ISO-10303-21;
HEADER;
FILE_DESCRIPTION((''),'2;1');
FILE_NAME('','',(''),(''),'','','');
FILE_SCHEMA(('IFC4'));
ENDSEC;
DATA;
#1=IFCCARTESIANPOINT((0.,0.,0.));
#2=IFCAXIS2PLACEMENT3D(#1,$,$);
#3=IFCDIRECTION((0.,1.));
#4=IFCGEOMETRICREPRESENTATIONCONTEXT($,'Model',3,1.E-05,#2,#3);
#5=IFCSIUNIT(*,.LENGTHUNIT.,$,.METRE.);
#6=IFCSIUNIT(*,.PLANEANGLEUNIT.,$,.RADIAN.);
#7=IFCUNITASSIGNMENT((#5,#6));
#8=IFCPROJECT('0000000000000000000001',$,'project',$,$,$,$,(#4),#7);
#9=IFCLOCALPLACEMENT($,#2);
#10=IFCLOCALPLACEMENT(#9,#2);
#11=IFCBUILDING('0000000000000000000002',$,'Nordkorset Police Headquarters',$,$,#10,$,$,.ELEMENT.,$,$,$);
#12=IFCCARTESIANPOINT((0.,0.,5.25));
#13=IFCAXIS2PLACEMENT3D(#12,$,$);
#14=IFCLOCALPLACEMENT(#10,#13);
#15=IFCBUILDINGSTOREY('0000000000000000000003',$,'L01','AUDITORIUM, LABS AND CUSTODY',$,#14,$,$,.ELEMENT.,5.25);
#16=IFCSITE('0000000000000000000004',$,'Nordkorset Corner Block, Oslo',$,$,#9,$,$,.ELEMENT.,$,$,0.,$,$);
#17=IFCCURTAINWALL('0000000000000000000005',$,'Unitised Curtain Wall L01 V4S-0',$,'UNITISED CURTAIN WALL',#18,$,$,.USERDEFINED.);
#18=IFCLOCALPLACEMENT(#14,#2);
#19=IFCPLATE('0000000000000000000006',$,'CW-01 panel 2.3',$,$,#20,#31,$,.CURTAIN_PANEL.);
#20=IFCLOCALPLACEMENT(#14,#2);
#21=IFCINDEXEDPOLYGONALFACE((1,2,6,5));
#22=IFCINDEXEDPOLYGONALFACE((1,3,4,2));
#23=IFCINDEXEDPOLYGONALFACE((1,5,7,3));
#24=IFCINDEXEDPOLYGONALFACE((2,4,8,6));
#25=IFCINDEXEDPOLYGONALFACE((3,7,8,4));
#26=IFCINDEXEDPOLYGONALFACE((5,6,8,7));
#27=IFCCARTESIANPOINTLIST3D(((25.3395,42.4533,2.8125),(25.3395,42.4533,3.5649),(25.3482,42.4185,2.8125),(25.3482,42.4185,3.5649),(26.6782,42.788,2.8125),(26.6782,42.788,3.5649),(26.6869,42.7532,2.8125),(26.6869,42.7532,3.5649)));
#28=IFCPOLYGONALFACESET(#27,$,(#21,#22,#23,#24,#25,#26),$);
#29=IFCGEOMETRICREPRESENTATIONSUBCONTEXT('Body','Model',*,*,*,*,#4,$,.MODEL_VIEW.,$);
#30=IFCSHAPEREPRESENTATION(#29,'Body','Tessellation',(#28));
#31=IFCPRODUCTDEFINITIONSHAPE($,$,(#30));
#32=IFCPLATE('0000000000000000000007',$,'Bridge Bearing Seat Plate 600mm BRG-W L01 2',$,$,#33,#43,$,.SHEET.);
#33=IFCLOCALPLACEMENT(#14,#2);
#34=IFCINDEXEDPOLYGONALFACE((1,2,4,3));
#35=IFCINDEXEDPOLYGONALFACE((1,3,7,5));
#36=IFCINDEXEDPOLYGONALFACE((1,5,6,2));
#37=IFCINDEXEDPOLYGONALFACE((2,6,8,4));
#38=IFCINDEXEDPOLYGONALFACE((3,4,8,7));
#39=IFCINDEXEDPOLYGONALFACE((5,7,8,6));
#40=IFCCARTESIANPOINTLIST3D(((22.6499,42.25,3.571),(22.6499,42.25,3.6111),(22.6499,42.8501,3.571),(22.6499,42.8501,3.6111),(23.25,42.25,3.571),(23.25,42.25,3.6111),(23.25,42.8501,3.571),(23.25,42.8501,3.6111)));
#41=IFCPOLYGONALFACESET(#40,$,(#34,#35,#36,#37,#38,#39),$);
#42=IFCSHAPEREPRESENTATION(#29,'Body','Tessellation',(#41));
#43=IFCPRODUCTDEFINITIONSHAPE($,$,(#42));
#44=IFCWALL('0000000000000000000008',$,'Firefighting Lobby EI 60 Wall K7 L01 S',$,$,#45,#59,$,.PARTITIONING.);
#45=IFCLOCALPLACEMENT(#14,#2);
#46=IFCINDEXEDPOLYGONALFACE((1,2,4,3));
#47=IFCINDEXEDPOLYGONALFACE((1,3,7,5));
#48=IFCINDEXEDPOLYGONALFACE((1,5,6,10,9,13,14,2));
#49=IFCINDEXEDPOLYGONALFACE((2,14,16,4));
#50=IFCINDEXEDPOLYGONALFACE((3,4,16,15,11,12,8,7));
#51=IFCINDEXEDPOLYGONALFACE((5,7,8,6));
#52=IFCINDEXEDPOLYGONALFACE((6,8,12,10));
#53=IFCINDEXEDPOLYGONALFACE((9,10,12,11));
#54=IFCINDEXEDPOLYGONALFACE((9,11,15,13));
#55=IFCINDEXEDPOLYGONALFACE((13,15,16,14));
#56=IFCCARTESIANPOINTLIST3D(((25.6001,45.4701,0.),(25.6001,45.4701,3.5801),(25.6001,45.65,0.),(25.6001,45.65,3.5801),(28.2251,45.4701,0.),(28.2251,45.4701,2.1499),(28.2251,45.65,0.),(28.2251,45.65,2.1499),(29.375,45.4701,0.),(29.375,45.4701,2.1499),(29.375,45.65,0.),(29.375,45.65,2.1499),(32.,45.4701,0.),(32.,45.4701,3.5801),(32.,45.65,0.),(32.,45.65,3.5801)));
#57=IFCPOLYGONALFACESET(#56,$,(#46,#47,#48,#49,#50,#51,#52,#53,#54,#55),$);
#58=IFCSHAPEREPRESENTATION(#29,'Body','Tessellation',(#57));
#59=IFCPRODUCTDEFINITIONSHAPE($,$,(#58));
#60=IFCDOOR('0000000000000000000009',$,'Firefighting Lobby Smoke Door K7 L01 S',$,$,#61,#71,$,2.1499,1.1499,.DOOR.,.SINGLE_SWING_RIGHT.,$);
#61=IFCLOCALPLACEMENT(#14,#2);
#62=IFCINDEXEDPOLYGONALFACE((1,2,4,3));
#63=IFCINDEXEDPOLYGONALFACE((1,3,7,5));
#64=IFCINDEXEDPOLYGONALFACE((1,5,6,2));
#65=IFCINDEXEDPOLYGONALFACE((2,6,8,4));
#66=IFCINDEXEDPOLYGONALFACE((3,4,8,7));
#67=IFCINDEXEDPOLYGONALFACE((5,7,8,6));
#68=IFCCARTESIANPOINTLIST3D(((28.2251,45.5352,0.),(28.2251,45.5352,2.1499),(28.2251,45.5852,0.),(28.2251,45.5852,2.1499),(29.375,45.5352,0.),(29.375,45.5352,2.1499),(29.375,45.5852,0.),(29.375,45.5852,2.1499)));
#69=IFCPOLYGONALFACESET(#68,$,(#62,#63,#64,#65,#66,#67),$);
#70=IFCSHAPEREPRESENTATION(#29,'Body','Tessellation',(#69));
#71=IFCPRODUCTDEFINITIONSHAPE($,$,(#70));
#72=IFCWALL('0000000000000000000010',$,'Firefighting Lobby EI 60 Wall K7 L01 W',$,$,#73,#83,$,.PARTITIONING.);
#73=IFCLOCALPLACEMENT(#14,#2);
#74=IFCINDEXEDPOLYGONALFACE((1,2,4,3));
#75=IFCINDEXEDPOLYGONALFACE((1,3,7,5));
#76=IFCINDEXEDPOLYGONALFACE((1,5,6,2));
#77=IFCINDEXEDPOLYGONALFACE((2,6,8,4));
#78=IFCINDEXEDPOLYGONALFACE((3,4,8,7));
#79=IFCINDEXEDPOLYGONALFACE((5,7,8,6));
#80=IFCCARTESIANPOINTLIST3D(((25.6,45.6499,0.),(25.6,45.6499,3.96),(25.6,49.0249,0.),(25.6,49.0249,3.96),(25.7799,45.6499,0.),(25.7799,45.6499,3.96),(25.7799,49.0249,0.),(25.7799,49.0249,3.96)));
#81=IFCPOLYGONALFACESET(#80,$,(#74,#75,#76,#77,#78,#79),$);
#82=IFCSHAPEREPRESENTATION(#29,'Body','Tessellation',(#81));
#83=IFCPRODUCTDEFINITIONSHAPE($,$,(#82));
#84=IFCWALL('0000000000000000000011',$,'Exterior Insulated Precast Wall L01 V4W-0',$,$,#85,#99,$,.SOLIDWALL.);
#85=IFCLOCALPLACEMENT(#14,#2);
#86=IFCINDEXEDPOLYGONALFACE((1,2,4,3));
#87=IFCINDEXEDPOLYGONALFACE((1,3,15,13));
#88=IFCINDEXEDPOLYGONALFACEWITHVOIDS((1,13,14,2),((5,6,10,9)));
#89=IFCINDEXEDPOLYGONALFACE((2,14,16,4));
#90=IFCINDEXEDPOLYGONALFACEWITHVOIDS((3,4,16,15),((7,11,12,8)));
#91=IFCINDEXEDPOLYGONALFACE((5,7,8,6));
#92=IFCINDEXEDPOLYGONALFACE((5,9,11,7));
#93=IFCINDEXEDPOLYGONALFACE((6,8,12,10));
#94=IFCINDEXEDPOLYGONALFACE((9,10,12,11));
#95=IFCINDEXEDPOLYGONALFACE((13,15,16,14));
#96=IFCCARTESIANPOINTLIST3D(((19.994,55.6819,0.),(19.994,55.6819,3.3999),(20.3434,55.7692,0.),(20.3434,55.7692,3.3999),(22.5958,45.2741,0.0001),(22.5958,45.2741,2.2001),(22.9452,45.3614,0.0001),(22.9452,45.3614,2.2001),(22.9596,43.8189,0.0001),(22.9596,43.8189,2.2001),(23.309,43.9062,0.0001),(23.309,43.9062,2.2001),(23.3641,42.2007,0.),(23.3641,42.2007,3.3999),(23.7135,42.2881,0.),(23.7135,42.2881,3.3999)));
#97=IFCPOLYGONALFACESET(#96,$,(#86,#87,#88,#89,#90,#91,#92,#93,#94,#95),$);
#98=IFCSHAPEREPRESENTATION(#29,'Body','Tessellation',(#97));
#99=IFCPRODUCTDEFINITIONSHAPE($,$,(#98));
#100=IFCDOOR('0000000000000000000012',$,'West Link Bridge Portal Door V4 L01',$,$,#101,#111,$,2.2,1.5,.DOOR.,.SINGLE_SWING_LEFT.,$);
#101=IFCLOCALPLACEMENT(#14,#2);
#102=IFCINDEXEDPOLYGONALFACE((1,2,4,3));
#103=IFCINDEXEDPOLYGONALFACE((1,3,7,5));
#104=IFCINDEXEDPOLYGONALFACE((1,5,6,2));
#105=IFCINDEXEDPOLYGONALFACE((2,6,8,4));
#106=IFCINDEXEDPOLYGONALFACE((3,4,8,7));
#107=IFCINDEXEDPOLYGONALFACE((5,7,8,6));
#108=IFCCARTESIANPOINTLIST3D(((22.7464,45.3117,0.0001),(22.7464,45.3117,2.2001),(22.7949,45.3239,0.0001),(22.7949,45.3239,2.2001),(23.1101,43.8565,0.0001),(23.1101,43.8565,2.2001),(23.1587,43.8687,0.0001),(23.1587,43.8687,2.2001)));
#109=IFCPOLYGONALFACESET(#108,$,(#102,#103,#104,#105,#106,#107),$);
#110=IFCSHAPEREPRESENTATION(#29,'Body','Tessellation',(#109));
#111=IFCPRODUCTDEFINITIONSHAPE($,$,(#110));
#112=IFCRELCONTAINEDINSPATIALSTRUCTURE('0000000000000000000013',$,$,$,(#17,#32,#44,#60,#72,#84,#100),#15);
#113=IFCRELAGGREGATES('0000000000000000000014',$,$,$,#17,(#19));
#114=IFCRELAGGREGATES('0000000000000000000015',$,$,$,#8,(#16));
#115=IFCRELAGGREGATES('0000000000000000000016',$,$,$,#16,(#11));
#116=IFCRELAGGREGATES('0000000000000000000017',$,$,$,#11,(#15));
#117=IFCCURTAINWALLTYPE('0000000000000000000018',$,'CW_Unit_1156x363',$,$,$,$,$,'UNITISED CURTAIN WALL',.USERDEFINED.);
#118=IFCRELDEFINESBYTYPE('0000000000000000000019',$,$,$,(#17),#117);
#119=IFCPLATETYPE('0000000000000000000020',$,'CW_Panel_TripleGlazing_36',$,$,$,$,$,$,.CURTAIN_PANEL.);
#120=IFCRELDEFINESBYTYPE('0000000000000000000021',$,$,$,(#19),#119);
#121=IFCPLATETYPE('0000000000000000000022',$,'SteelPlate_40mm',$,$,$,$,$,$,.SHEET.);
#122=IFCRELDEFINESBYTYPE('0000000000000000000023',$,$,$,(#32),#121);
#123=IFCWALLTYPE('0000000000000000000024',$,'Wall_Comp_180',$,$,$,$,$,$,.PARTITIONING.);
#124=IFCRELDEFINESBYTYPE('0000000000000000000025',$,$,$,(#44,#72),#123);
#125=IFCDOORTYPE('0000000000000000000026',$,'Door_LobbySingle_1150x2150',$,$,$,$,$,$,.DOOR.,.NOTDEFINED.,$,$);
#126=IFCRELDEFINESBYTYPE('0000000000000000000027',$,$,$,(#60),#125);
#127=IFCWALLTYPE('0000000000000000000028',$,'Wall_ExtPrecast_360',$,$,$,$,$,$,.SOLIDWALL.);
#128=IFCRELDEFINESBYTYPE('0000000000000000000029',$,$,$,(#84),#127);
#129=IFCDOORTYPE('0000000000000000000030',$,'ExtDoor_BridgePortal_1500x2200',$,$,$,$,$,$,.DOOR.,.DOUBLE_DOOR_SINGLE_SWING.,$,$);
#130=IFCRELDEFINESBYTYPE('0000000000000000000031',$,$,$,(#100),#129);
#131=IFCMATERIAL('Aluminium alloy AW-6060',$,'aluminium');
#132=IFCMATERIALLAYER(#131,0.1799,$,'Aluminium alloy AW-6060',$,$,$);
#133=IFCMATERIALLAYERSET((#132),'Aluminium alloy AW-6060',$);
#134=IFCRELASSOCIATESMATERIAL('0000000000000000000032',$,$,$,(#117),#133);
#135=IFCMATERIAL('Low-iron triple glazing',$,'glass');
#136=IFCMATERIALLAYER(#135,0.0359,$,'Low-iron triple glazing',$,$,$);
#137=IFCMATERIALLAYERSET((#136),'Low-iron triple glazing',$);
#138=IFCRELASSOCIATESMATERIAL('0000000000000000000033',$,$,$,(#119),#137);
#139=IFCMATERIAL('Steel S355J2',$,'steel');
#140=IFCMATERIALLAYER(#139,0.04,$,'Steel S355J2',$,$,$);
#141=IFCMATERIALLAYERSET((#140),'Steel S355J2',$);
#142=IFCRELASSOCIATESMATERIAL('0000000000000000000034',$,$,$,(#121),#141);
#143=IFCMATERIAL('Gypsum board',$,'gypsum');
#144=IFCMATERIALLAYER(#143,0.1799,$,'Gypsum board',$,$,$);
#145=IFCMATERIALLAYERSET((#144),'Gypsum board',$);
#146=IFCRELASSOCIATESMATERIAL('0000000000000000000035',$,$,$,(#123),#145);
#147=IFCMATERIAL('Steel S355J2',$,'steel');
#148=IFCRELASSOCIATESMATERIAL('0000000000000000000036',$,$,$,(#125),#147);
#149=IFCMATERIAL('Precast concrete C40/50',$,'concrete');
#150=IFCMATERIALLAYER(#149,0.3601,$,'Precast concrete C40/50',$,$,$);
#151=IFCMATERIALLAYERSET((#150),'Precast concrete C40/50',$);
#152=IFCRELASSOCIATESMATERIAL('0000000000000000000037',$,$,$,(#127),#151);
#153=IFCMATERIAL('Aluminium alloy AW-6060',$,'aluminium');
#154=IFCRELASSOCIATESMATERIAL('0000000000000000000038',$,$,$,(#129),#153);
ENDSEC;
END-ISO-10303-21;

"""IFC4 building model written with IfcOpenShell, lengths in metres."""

from ifc_helpers import new_model, si_unit, direction, frame, frame_2d, origin, origin_2d, place, context, subcontext, project, spatial, rectangle, extrude, material, layer, layer_set, type_object, element, fill, aggregate, save


model = new_model("IFC4")

# Units and contexts
model_context = context("Model", 3, precision=1e-05, world=origin(), true_north=direction((0.0, 1.0)))
body_context = subcontext(model_context, "Body", "Model", "MODEL_VIEW")
ifc_project = project(units=[si_unit("LENGTHUNIT", "METRE"), si_unit("PLANEANGLEUNIT", "RADIAN")], contexts=[model_context])

# Site, building, storey
site_placement = place(None, origin())
site = spatial("IfcSite", under=ifc_project, at=site_placement, Name="Nordkorset Corner Block, Oslo", CompositionType="ELEMENT", RefElevation=0.0)
building_placement = place(site_placement, origin())
building = spatial("IfcBuilding", under=site, at=building_placement, Name="Nordkorset Police Headquarters", CompositionType="ELEMENT")
storey_placement = place(building_placement, frame((0.0, 0.0, 5.25)))
storey = spatial("IfcBuildingStorey", under=building, at=storey_placement, Name="L01", Description="AUDITORIUM, LABS AND CUSTODY", CompositionType="ELEMENT", Elevation=5.25)

# Curtain wall
ifc_material_1 = material(Name="Aluminium alloy AW-6060", Category="aluminium")
ifc_layer_1 = layer(ifc_material_1, 0.1799, Name="Aluminium alloy AW-6060")
ifc_layer_set_1 = layer_set([ifc_layer_1], Name="Aluminium alloy AW-6060")
curtain_wall_type_1 = type_object("IfcCurtainWallType", Name="CW_Unit_1156x363", ElementType="UNITISED CURTAIN WALL", PredefinedType="USERDEFINED", material=ifc_layer_set_1)
curtain_wall_1_placement = place(storey_placement, origin())
curtain_wall_1 = element("IfcCurtainWall", 1, at=curtain_wall_1_placement, inside=storey, type_object=curtain_wall_type_1, Name="Unitised Curtain Wall L01 V4S-0", ObjectType="UNITISED CURTAIN WALL", PredefinedType="USERDEFINED")

# Plates
ifc_material_2 = material(Name="Low-iron triple glazing", Category="glass")
ifc_layer_2 = layer(ifc_material_2, 0.0359, Name="Low-iron triple glazing")
ifc_layer_set_2 = layer_set([ifc_layer_2], Name="Low-iron triple glazing")
plate_type_1 = type_object("IfcPlateType", Name="CW_Panel_TripleGlazing_36", PredefinedType="CURTAIN_PANEL", material=ifc_layer_set_2)
plate_1_placement = place(storey_placement, frame((26.0132, 42.6033, 2.8125), z_axis=(0.0, 0.0, 1.0), x_axis=(0.970143, 0.242536, 0.0)))
plate_1 = element("IfcPlate", 2, at=plate_1_placement, type_object=plate_type_1, Name="CW-01 panel 2.3", PredefinedType="CURTAIN_PANEL", context=body_context, shape_type="SweptSolid", body=[
    extrude(rectangle(XDim=1.3799, YDim=0.0359, at=origin_2d()), origin(), (0.0, 0.0, 1.0), 0.7524),
])
aggregate(curtain_wall_1, [plate_1])
ifc_material_3 = material(Name="Steel S355J2", Category="steel")
ifc_layer_3 = layer(ifc_material_3, 0.04, Name="Steel S355J2")
ifc_layer_set_3 = layer_set([ifc_layer_3], Name="Steel S355J2")
plate_type_2 = type_object("IfcPlateType", Name="SteelPlate_40mm", PredefinedType="SHEET", material=ifc_layer_set_3)
plate_2_placement = place(storey_placement, frame((22.95, 42.55, 3.571), z_axis=(0.0, 0.0, 1.0), x_axis=(1.0, 0.0, 0.0)))
element("IfcPlate", 3, at=plate_2_placement, inside=storey, type_object=plate_type_2, Name="Bridge Bearing Seat Plate 600mm BRG-W L01 2", PredefinedType="SHEET", context=body_context, shape_type="SweptSolid", body=[
    extrude(rectangle(XDim=0.6001, YDim=0.6001, at=origin_2d()), origin(), (0.0, 0.0, 1.0), 0.04),
])

# Wall, opening, door
ifc_material_4 = material(Name="Gypsum board", Category="gypsum")
ifc_layer_4 = layer(ifc_material_4, 0.1799, Name="Gypsum board")
ifc_layer_set_4 = layer_set([ifc_layer_4], Name="Gypsum board")
wall_type_1 = type_object("IfcWallType", Name="Wall_Comp_180", PredefinedType="PARTITIONING", material=ifc_layer_set_4)
wall_1_placement = place(storey_placement, frame((25.6001, 45.5601, 0.0), z_axis=(0.0, 0.0, 1.0), x_axis=(1.0, 0.0, 0.0)))
wall_1 = element("IfcWall", 4, at=wall_1_placement, inside=storey, type_object=wall_type_1, Name="Firefighting Lobby EI 60 Wall K7 L01 S", PredefinedType="PARTITIONING", context=body_context, shape_type="SweptSolid", body=[
    extrude(rectangle(XDim=6.3999, YDim=0.1799, at=frame_2d((3.2, 0.0))), origin(), (0.0, 0.0, 1.0), 3.5801),
])
opening_1_placement = place(wall_1_placement, frame((2.625, 0.0, 0.0)))
opening_1 = element("IfcOpeningElement", 5, at=opening_1_placement, cuts=wall_1, PredefinedType="OPENING", context=body_context, shape_type="SweptSolid", body=[
    extrude(rectangle(XDim=1.1499, YDim=2.1499, at=frame_2d((0.575, 1.075))), frame((0.0, 0.1001, 0.0), z_axis=(0.0, -1.0, 0.0), x_axis=(1.0, 0.0, 0.0)), (0.0, 0.0, 1.0), 0.2),
])
ifc_material_5 = material(Name="Steel S355J2", Category="steel")
door_type_1 = type_object("IfcDoorType", Name="Door_LobbySingle_1150x2150", OperationType="NOTDEFINED", PredefinedType="DOOR", material=ifc_material_5)
door_1_placement = place(opening_1_placement, frame((1.1499, 0.0, 0.0), z_axis=(0.0, 0.0, 1.0), x_axis=(-1.0, 0.0, 0.0)))
door_1 = element("IfcDoor", 6, at=door_1_placement, inside=storey, type_object=door_type_1, Name="Firefighting Lobby Smoke Door K7 L01 S", OperationType="SINGLE_SWING_RIGHT", OverallHeight=2.1499, OverallWidth=1.1499, PredefinedType="DOOR", context=body_context, shape_type="SweptSolid", body=[
    extrude(rectangle(XDim=1.1499, YDim=2.1499, at=frame_2d((0.575, 1.075))), frame((0.0, 0.0249, 0.0), z_axis=(0.0, -1.0, 0.0), x_axis=(1.0, 0.0, 0.0)), (0.0, 0.0, 1.0), 0.05),
])
fill(opening_1, door_1)

# Wall
wall_2_placement = place(storey_placement, frame((25.6899, 45.6499, 0.0), z_axis=(0.0, 0.0, 1.0), x_axis=(0.0, 1.0, 0.0)))
element("IfcWall", 7, at=wall_2_placement, inside=storey, type_object=wall_type_1, Name="Firefighting Lobby EI 60 Wall K7 L01 W", PredefinedType="PARTITIONING", context=body_context, shape_type="SweptSolid", body=[
    extrude(rectangle(XDim=3.375, YDim=0.1799, at=frame_2d((1.6875, 0.0))), origin(), (0.0, 0.0, 1.0), 3.96),
])

# Wall, opening, door
ifc_material_6 = material(Name="Precast concrete C40/50", Category="concrete")
ifc_layer_5 = layer(ifc_material_6, 0.3601, Name="Precast concrete C40/50")
ifc_layer_set_5 = layer_set([ifc_layer_5], Name="Precast concrete C40/50")
wall_type_2 = type_object("IfcWallType", Name="Wall_ExtPrecast_360", PredefinedType="SOLIDWALL", material=ifc_layer_set_5)
wall_3_placement = place(storey_placement, frame((23.5388, 42.2444, 0.0), z_axis=(0.0, 0.0, 1.0), x_axis=(-0.242523, 0.970146, 0.0)))
wall_3 = element("IfcWall", 8, at=wall_3_placement, inside=storey, type_object=wall_type_2, Name="Exterior Insulated Precast Wall L01 V4W-0", PredefinedType="SOLIDWALL", context=body_context, shape_type="SweptSolid", body=[
    extrude(rectangle(XDim=13.896, YDim=0.3601, at=frame_2d((6.948, 0.0))), origin(), (0.0, 0.0, 1.0), 3.3999),
])
opening_2_placement = place(wall_3_placement, frame((1.668, 0.0, 0.0)))
opening_2 = element("IfcOpeningElement", 9, at=opening_2_placement, cuts=wall_3, PredefinedType="OPENING", context=body_context, shape_type="SweptSolid", body=[
    extrude(rectangle(XDim=1.5, YDim=2.2, at=frame_2d((0.75, 1.1001))), frame((0.0, 0.1899, 0.0), z_axis=(0.0, -1.0, 0.0), x_axis=(1.0, 0.0, 0.0)), (0.0, 0.0, 1.0), 0.3801),
])
ifc_material_7 = material(Name="Aluminium alloy AW-6060", Category="aluminium")
door_type_2 = type_object("IfcDoorType", Name="ExtDoor_BridgePortal_1500x2200", OperationType="DOUBLE_DOOR_SINGLE_SWING", PredefinedType="DOOR", material=ifc_material_7)
door_2_placement = place(opening_2_placement, origin())
door_2 = element("IfcDoor", 10, at=door_2_placement, inside=storey, type_object=door_type_2, Name="West Link Bridge Portal Door V4 L01", OperationType="SINGLE_SWING_LEFT", OverallHeight=2.2, OverallWidth=1.5, PredefinedType="DOOR", context=body_context, shape_type="SweptSolid", body=[
    extrude(rectangle(XDim=1.5, YDim=2.2, at=frame_2d((0.75, 1.1001))), frame((0.0, 0.0249, 0.0), z_axis=(0.0, -1.0, 0.0), x_axis=(1.0, 0.0, 0.0)), (0.0, 0.0, 1.0), 0.05),
])
fill(opening_2, door_2)

save(model, "model.ifc")
